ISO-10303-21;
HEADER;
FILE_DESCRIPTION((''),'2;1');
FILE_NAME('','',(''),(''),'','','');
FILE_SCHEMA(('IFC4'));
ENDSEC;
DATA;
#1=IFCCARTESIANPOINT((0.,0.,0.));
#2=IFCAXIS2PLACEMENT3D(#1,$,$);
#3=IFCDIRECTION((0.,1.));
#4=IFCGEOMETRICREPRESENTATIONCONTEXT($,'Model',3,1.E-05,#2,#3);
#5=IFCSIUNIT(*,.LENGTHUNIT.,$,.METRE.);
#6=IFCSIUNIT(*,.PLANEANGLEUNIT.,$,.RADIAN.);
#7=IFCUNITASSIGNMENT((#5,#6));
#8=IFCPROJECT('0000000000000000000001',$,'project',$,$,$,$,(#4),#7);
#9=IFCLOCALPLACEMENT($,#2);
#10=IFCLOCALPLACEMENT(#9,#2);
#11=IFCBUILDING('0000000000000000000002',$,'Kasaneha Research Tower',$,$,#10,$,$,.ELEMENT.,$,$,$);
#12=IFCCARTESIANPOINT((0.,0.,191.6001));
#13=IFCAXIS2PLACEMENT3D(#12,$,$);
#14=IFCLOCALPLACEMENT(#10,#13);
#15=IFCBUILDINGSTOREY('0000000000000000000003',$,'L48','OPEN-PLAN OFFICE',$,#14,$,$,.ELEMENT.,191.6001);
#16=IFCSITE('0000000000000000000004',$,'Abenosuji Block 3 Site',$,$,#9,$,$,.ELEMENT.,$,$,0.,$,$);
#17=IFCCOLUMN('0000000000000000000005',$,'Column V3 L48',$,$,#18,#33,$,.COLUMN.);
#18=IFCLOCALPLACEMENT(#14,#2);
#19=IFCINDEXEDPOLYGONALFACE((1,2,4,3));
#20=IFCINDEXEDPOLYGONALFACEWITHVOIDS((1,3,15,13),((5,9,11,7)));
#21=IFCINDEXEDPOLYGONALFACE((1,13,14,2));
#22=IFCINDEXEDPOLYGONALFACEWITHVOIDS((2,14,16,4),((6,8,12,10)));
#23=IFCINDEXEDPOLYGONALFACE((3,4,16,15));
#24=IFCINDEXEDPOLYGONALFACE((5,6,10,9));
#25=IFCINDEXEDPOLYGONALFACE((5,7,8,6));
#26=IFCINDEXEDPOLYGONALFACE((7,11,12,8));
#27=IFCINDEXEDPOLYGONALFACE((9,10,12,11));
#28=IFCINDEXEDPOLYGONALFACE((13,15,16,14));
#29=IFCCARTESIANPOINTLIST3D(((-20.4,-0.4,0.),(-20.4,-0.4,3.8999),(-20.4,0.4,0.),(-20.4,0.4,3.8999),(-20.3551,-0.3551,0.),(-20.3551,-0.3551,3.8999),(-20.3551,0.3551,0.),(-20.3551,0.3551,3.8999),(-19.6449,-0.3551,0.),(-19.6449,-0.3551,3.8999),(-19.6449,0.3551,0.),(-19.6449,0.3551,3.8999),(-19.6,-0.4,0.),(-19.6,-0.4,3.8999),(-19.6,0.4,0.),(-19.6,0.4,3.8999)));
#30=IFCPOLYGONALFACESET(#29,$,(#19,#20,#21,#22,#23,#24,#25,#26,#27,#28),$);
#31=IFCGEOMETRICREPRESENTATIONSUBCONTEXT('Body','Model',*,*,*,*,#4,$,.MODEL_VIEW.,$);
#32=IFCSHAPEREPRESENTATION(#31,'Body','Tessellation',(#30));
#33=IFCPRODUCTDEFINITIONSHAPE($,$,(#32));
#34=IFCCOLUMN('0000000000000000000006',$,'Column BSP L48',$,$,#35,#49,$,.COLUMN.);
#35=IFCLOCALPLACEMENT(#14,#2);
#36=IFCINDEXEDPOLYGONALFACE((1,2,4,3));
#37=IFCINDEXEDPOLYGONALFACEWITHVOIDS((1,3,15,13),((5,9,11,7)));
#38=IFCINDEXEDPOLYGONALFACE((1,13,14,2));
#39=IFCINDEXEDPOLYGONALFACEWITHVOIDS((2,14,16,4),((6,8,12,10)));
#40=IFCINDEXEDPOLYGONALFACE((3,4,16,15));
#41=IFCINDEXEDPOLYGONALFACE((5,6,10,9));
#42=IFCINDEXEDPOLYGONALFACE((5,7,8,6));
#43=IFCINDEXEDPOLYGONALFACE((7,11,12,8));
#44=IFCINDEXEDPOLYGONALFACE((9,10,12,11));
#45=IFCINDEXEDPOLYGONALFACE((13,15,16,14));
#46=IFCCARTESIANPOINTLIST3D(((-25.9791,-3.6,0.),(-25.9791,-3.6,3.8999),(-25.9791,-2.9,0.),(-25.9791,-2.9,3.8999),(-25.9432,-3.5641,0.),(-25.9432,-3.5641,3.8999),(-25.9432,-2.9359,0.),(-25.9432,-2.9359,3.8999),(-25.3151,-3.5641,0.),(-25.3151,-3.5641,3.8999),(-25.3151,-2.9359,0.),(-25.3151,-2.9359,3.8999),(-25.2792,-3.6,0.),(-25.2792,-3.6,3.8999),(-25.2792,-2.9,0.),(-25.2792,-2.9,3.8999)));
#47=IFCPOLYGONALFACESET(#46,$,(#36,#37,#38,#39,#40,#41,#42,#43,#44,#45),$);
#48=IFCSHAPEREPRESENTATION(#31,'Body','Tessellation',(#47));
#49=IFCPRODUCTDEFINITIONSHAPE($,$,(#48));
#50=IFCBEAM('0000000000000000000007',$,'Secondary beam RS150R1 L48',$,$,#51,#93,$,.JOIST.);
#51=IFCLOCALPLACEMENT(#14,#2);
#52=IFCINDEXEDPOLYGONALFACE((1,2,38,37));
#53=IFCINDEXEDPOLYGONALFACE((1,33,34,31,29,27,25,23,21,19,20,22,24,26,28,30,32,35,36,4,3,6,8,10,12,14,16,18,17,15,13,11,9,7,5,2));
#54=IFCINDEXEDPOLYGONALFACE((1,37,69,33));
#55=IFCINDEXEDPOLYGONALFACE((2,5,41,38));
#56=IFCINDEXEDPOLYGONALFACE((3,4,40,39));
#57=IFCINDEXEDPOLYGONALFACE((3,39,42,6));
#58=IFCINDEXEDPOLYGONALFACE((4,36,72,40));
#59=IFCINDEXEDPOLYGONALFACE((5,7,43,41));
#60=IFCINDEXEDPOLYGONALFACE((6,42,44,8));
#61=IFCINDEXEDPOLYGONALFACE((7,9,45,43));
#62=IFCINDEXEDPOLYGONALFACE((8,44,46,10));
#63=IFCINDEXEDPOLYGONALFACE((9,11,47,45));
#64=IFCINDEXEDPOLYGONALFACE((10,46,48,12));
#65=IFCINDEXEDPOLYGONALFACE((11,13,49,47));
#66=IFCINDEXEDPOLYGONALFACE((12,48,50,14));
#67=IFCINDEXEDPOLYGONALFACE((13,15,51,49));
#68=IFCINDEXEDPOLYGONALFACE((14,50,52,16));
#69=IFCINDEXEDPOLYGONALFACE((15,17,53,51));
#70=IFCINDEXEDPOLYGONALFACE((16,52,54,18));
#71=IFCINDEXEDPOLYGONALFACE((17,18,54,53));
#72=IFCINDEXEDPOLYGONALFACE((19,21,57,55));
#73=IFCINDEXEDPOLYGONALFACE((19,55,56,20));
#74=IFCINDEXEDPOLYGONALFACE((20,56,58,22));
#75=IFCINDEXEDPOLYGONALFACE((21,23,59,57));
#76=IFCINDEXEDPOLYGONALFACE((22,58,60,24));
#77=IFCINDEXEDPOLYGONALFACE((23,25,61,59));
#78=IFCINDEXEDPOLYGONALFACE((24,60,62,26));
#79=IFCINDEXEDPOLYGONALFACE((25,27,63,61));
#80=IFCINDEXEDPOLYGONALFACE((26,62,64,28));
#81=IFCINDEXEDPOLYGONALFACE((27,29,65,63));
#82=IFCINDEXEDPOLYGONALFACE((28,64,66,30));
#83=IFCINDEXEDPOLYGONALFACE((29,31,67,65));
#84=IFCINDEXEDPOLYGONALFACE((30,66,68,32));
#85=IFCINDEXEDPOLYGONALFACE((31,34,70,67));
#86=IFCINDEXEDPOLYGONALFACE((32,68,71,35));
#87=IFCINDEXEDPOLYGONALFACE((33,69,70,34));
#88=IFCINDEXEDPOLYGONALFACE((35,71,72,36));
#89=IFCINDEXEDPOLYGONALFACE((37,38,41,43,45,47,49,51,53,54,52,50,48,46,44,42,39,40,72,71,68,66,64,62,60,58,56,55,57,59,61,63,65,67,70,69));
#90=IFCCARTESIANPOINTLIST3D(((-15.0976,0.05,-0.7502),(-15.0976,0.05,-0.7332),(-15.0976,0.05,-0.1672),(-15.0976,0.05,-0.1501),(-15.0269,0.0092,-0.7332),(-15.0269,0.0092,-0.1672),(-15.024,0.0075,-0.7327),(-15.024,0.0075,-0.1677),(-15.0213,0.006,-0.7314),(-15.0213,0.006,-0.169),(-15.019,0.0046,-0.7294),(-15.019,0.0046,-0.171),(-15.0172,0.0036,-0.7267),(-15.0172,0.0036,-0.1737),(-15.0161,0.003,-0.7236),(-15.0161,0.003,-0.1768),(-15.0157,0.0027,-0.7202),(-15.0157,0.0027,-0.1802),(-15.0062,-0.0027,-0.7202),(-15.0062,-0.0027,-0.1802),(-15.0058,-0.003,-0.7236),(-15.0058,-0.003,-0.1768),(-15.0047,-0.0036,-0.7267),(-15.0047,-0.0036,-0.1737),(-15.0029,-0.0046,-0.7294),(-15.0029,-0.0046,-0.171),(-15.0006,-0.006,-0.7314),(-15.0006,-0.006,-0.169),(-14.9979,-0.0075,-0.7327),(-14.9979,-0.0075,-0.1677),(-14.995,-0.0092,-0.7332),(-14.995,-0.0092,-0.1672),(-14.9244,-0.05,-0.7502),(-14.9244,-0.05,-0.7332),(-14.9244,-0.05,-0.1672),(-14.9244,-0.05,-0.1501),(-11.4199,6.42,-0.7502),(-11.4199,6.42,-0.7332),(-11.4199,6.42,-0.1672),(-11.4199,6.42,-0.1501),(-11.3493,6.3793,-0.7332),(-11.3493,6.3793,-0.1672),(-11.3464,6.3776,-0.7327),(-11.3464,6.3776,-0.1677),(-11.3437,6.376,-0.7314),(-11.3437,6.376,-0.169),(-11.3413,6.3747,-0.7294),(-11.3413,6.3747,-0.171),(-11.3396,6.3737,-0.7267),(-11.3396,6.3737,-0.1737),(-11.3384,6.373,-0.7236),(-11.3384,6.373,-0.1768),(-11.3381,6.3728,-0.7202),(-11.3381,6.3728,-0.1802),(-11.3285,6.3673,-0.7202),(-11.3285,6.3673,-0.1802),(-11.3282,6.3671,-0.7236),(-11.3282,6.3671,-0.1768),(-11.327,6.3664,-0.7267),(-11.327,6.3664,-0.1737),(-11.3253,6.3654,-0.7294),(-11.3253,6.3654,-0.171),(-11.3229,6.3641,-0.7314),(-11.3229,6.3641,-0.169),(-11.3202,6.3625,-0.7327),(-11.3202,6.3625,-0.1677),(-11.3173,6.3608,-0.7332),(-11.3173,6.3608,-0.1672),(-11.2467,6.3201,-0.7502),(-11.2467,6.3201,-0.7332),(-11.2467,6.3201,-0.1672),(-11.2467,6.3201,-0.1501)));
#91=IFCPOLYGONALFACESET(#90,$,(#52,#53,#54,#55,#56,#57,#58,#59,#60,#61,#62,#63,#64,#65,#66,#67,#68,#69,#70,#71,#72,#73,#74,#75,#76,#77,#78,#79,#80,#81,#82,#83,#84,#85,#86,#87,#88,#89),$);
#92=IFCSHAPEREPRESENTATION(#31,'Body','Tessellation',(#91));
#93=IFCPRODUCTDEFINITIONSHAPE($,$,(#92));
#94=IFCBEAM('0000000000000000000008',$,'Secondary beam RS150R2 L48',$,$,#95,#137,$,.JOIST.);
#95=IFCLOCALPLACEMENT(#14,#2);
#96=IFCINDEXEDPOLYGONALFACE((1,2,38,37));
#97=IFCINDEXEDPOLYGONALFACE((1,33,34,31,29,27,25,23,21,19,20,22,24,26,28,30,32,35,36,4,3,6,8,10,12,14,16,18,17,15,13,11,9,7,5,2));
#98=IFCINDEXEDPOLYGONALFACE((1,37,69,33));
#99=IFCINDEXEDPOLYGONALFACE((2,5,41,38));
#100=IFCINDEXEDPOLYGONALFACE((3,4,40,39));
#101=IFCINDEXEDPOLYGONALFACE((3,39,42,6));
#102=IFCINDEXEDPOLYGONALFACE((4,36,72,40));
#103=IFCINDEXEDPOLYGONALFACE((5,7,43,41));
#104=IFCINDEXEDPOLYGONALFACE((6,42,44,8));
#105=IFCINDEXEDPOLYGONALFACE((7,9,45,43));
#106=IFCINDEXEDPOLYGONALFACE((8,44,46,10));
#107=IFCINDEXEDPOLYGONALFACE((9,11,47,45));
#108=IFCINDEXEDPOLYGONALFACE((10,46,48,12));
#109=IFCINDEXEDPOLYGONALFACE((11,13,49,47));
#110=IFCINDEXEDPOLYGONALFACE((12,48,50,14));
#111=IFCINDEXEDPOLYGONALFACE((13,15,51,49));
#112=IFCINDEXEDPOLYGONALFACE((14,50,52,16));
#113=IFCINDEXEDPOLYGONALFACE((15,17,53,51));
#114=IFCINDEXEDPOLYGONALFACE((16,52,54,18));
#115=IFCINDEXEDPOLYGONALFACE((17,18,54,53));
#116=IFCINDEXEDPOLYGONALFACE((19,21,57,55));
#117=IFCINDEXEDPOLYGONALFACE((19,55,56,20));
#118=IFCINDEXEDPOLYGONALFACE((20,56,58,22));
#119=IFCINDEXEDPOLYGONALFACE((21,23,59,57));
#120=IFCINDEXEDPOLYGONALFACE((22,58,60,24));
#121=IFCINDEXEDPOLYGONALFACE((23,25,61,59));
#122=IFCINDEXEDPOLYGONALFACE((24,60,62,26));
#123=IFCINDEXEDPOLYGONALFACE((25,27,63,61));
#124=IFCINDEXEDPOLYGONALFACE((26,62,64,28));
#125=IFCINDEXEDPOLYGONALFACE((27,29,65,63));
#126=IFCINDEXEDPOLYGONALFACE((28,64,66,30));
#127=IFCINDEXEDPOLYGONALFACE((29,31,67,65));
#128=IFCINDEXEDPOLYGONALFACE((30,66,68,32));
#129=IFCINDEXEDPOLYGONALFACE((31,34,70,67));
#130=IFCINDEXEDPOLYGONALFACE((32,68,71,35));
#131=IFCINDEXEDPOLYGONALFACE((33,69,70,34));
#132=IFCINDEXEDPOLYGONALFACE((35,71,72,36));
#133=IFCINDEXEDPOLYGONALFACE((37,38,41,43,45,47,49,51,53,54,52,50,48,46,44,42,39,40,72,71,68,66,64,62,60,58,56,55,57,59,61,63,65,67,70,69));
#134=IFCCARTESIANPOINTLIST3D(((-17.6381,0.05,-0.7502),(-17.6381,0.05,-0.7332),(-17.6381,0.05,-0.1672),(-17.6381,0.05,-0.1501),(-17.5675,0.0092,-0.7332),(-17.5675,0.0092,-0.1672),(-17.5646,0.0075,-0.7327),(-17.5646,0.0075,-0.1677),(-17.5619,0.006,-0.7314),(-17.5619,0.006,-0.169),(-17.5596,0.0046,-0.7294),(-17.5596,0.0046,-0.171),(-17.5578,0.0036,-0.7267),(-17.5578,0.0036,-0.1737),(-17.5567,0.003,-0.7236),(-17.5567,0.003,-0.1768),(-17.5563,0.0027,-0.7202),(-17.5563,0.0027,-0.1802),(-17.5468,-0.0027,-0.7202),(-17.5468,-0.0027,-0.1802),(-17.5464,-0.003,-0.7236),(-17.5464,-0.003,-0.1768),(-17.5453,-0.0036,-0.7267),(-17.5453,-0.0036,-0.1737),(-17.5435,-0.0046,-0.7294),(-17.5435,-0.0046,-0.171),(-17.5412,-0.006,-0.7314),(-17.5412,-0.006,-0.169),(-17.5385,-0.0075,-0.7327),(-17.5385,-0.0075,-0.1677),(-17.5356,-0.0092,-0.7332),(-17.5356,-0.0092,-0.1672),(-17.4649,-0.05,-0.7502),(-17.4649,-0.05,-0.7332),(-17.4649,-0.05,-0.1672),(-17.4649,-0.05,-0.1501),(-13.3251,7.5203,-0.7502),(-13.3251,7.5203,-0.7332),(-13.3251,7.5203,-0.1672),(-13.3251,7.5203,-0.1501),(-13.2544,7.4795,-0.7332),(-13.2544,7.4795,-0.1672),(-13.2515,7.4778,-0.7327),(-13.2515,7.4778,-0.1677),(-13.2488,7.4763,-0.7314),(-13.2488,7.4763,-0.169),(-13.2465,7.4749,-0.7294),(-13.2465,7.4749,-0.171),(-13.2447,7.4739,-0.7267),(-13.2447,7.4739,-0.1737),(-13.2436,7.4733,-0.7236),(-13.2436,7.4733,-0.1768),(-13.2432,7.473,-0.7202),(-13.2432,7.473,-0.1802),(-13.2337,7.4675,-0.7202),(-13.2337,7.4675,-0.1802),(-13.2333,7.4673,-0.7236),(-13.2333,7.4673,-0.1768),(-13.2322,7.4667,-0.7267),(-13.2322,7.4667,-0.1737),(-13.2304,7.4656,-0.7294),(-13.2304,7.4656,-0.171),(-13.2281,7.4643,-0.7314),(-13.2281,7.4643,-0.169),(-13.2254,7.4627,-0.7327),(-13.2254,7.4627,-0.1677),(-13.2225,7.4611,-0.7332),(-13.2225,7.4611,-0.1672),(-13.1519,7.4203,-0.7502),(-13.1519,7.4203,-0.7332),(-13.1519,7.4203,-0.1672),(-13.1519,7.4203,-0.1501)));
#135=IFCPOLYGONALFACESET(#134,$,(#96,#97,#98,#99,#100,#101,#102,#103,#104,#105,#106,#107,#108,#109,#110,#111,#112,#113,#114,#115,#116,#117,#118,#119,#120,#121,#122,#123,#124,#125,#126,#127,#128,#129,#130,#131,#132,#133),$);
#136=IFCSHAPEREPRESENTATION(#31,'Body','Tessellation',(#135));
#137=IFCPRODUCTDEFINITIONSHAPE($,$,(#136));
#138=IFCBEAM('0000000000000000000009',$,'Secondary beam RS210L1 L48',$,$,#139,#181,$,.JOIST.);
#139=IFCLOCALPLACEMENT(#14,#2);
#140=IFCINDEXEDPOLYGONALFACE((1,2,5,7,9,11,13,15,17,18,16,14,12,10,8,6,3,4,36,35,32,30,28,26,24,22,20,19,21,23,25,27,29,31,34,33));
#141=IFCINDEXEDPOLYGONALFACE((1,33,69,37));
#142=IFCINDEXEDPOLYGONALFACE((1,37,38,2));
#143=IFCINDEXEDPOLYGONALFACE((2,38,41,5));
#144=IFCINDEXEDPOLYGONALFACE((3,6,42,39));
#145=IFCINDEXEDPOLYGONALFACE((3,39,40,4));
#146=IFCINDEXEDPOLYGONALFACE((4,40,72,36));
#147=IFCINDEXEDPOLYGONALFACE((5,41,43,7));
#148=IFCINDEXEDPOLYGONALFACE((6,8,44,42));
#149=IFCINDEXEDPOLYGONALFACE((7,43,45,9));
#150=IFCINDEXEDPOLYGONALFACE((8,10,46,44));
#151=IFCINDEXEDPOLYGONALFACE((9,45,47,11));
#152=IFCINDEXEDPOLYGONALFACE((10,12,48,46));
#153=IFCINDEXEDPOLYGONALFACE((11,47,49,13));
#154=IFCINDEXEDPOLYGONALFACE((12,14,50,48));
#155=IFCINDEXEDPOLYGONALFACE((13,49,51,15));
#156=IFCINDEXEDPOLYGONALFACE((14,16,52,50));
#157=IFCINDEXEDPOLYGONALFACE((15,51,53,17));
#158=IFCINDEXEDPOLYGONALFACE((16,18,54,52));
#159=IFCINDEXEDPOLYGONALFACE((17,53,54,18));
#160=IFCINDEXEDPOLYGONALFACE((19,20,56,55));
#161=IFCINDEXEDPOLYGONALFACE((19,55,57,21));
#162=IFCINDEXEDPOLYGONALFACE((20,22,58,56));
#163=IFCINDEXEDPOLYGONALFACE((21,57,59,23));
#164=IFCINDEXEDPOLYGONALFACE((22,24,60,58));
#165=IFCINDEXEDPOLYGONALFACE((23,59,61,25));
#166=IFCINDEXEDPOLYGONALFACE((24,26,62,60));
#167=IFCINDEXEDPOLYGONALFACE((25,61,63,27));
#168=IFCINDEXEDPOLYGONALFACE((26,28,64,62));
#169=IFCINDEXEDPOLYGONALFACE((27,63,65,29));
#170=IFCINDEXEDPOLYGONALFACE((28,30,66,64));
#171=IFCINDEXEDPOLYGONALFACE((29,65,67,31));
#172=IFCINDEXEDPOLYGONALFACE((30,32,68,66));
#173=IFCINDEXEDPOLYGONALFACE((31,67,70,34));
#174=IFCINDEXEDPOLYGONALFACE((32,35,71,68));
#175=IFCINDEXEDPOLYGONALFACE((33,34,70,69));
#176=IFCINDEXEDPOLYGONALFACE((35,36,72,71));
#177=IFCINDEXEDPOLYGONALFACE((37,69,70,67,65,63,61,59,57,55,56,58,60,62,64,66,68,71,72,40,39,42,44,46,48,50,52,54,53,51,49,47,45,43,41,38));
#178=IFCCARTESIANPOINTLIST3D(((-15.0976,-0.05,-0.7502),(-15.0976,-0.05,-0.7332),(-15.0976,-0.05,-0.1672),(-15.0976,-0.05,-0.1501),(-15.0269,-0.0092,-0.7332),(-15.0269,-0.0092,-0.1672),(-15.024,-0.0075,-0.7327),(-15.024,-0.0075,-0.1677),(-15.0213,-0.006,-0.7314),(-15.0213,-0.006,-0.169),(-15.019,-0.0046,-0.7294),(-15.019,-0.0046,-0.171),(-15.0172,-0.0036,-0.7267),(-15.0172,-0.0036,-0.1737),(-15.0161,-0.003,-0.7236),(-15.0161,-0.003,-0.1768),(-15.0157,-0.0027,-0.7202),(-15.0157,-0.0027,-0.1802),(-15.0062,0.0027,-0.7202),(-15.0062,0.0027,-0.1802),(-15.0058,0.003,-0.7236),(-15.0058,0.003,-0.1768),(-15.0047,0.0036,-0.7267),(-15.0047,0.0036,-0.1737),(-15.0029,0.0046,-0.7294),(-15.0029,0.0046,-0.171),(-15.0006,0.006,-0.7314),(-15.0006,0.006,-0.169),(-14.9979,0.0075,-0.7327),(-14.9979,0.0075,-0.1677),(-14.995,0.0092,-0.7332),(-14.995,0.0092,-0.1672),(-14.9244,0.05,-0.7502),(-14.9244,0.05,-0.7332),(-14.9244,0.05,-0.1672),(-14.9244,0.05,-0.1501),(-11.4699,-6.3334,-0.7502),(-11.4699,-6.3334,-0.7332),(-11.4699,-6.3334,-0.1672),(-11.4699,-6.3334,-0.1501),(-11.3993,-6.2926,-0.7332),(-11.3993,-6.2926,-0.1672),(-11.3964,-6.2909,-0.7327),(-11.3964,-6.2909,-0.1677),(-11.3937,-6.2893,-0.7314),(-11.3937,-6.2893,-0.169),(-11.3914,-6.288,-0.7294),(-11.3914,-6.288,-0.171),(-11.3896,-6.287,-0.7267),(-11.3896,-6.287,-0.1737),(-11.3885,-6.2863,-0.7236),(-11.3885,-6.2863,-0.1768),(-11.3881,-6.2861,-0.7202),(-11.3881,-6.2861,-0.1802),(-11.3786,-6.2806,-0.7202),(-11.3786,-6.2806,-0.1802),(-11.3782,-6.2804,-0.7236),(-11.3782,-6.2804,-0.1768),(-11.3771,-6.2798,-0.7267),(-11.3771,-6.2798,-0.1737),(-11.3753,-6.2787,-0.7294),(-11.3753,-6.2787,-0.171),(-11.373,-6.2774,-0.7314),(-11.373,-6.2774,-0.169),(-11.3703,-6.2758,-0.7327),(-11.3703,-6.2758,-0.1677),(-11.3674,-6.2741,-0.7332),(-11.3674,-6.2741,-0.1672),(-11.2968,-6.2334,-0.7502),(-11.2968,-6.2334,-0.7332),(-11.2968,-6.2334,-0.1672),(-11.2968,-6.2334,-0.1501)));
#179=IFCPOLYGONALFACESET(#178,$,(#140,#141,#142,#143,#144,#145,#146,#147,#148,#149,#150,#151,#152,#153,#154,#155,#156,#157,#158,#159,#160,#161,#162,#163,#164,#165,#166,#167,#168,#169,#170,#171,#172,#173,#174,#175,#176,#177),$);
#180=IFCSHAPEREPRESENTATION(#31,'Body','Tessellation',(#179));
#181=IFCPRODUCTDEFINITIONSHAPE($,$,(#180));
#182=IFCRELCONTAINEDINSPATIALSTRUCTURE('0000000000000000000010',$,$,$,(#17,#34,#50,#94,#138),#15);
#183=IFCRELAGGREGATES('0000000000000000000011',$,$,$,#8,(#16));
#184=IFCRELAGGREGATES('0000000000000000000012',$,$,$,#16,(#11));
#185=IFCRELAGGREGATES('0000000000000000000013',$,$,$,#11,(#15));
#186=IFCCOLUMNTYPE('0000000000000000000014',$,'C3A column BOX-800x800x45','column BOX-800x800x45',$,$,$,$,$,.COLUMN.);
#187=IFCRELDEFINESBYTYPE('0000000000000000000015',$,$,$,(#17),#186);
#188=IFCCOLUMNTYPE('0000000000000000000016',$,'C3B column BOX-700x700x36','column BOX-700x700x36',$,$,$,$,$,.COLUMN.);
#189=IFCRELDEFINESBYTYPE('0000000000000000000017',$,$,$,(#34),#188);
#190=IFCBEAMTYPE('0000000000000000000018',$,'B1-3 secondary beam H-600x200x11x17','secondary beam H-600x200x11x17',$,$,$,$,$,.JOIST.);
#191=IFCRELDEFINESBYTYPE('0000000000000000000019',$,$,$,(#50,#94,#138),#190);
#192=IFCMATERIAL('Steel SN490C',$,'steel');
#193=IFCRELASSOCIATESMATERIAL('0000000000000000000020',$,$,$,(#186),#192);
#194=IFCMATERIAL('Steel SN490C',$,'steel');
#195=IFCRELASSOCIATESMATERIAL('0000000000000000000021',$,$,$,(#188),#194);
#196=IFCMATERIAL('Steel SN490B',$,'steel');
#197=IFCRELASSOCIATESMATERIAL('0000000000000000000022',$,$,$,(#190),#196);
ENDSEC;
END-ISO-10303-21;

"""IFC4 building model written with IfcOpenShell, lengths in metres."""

from ifc_helpers import new_model, si_unit, direction, frame, origin, origin_2d, place, context, subcontext, project, spatial, hollow_rectangle, i_section, extrude, material, material_profile, profile_set, type_object, element, save


model = new_model("IFC4")

# Units and contexts
model_context = context("Model", 3, precision=1e-05, world=origin(), true_north=direction((0.0, 1.0)))
body_context = subcontext(model_context, "Body", "Model", "MODEL_VIEW")
ifc_project = project(units=[si_unit("LENGTHUNIT", "METRE"), si_unit("PLANEANGLEUNIT", "RADIAN")], contexts=[model_context])

# Site, building, storey
site_placement = place(None, origin())
site = spatial("IfcSite", under=ifc_project, at=site_placement, Name="Abenosuji Block 3 Site", CompositionType="ELEMENT", RefElevation=0.0)
building_placement = place(site_placement, origin())
building = spatial("IfcBuilding", under=site, at=building_placement, Name="Kasaneha Research Tower", CompositionType="ELEMENT")
storey_placement = place(building_placement, frame((0.0, 0.0, 191.6001)))
storey = spatial("IfcBuildingStorey", under=building, at=storey_placement, Name="L48", Description="OPEN-PLAN OFFICE", CompositionType="ELEMENT", Elevation=191.6001)

# Columns
ifc_material_1 = material(Name="Steel SN490C", Category="steel")
ifc_material_profile_1 = material_profile(ifc_material_1, hollow_rectangle(XDim=0.8, YDim=0.8, WallThickness=0.0449, at=origin_2d()), Name="BOX-800x800x45")
ifc_profile_set_1 = profile_set([ifc_material_profile_1], Name="Steel SN490C")
column_type_1 = type_object("IfcColumnType", Name="C3A column BOX-800x800x45", Description="column BOX-800x800x45", PredefinedType="COLUMN", material=ifc_profile_set_1)
column_1_placement = place(storey_placement, frame((-20.0, 0.0, 0.0), z_axis=(0.0, 0.0, 1.0), x_axis=(1.0, 0.0, 0.0)))
element("IfcColumn", 1, at=column_1_placement, inside=storey, type_object=column_type_1, Name="Column V3 L48", PredefinedType="COLUMN", context=body_context, shape_type="SweptSolid", body=[
    extrude(hollow_rectangle(XDim=0.8, YDim=0.8, WallThickness=0.0449, at=origin_2d()), origin(), (0.0, 0.0, 1.0), 3.8999),
])
ifc_material_2 = material(Name="Steel SN490C", Category="steel")
ifc_material_profile_2 = material_profile(ifc_material_2, hollow_rectangle(XDim=0.7, YDim=0.7, WallThickness=0.0359, at=origin_2d()), Name="BOX-700x700x36")
ifc_profile_set_2 = profile_set([ifc_material_profile_2], Name="Steel SN490C")
column_type_2 = type_object("IfcColumnType", Name="C3B column BOX-700x700x36", Description="column BOX-700x700x36", PredefinedType="COLUMN", material=ifc_profile_set_2)
column_2_placement = place(storey_placement, frame((-25.6292, -3.25, 0.0), z_axis=(0.0, 0.0, 1.0), x_axis=(1.0, 0.0, 0.0)))
element("IfcColumn", 2, at=column_2_placement, inside=storey, type_object=column_type_2, Name="Column BSP L48", PredefinedType="COLUMN", context=body_context, shape_type="SweptSolid", body=[
    extrude(hollow_rectangle(XDim=0.7, YDim=0.7, WallThickness=0.0359, at=origin_2d()), origin(), (0.0, 0.0, 1.0), 3.8999),
])

# Beams
ifc_material_3 = material(Name="Steel SN490B", Category="steel")
ifc_material_profile_3 = material_profile(ifc_material_3, i_section(OverallWidth=0.2, OverallDepth=0.6001, WebThickness=0.011, FlangeThickness=0.0171, FilletRadius=0.0129, at=origin_2d()), Name="H-600x200x11x17")
ifc_profile_set_3 = profile_set([ifc_material_profile_3], Name="Steel SN490B")
beam_type_1 = type_object("IfcBeamType", Name="B1-3 secondary beam H-600x200x11x17", Description="secondary beam H-600x200x11x17", PredefinedType="JOIST", material=ifc_profile_set_3)
beam_1_placement = place(storey_placement, frame((-15.011, 0.0, -0.4502), z_axis=(0.499994, 0.866029, 0.0), x_axis=(-0.866029, 0.499994, 0.0)))
element("IfcBeam", 3, at=beam_1_placement, inside=storey, type_object=beam_type_1, Name="Secondary beam RS150R1 L48", PredefinedType="JOIST", context=body_context, shape_type="SweptSolid", body=[
    extrude(i_section(OverallWidth=0.2, OverallDepth=0.6001, WebThickness=0.011, FlangeThickness=0.0171, FilletRadius=0.0129, at=origin_2d()), origin(), (0.0, 0.0, 1.0), 7.3555),
])
beam_2_placement = place(storey_placement, frame((-17.5515, 0.0, -0.4502), z_axis=(0.500005, 0.866023, 0.0), x_axis=(-0.866023, 0.500005, 0.0)))
element("IfcBeam", 4, at=beam_2_placement, inside=storey, type_object=beam_type_1, Name="Secondary beam RS150R2 L48", PredefinedType="JOIST", context=body_context, shape_type="SweptSolid", body=[
    extrude(i_section(OverallWidth=0.2, OverallDepth=0.6001, WebThickness=0.011, FlangeThickness=0.0171, FilletRadius=0.0129, at=origin_2d()), origin(), (0.0, 0.0, 1.0), 8.626),
])
beam_3_placement = place(storey_placement, frame((-15.011, 0.0, -0.4502), z_axis=(0.499993, -0.866029, 0.0), x_axis=(0.866029, 0.499993, 0.0)))
element("IfcBeam", 5, at=beam_3_placement, inside=storey, type_object=beam_type_1, Name="Secondary beam RS210L1 L48", PredefinedType="JOIST", context=body_context, shape_type="SweptSolid", body=[
    extrude(i_section(OverallWidth=0.2, OverallDepth=0.6001, WebThickness=0.011, FlangeThickness=0.0171, FilletRadius=0.0129, at=origin_2d()), origin(), (0.0, 0.0, 1.0), 7.2554),
])

save(model, "model.ifc")
